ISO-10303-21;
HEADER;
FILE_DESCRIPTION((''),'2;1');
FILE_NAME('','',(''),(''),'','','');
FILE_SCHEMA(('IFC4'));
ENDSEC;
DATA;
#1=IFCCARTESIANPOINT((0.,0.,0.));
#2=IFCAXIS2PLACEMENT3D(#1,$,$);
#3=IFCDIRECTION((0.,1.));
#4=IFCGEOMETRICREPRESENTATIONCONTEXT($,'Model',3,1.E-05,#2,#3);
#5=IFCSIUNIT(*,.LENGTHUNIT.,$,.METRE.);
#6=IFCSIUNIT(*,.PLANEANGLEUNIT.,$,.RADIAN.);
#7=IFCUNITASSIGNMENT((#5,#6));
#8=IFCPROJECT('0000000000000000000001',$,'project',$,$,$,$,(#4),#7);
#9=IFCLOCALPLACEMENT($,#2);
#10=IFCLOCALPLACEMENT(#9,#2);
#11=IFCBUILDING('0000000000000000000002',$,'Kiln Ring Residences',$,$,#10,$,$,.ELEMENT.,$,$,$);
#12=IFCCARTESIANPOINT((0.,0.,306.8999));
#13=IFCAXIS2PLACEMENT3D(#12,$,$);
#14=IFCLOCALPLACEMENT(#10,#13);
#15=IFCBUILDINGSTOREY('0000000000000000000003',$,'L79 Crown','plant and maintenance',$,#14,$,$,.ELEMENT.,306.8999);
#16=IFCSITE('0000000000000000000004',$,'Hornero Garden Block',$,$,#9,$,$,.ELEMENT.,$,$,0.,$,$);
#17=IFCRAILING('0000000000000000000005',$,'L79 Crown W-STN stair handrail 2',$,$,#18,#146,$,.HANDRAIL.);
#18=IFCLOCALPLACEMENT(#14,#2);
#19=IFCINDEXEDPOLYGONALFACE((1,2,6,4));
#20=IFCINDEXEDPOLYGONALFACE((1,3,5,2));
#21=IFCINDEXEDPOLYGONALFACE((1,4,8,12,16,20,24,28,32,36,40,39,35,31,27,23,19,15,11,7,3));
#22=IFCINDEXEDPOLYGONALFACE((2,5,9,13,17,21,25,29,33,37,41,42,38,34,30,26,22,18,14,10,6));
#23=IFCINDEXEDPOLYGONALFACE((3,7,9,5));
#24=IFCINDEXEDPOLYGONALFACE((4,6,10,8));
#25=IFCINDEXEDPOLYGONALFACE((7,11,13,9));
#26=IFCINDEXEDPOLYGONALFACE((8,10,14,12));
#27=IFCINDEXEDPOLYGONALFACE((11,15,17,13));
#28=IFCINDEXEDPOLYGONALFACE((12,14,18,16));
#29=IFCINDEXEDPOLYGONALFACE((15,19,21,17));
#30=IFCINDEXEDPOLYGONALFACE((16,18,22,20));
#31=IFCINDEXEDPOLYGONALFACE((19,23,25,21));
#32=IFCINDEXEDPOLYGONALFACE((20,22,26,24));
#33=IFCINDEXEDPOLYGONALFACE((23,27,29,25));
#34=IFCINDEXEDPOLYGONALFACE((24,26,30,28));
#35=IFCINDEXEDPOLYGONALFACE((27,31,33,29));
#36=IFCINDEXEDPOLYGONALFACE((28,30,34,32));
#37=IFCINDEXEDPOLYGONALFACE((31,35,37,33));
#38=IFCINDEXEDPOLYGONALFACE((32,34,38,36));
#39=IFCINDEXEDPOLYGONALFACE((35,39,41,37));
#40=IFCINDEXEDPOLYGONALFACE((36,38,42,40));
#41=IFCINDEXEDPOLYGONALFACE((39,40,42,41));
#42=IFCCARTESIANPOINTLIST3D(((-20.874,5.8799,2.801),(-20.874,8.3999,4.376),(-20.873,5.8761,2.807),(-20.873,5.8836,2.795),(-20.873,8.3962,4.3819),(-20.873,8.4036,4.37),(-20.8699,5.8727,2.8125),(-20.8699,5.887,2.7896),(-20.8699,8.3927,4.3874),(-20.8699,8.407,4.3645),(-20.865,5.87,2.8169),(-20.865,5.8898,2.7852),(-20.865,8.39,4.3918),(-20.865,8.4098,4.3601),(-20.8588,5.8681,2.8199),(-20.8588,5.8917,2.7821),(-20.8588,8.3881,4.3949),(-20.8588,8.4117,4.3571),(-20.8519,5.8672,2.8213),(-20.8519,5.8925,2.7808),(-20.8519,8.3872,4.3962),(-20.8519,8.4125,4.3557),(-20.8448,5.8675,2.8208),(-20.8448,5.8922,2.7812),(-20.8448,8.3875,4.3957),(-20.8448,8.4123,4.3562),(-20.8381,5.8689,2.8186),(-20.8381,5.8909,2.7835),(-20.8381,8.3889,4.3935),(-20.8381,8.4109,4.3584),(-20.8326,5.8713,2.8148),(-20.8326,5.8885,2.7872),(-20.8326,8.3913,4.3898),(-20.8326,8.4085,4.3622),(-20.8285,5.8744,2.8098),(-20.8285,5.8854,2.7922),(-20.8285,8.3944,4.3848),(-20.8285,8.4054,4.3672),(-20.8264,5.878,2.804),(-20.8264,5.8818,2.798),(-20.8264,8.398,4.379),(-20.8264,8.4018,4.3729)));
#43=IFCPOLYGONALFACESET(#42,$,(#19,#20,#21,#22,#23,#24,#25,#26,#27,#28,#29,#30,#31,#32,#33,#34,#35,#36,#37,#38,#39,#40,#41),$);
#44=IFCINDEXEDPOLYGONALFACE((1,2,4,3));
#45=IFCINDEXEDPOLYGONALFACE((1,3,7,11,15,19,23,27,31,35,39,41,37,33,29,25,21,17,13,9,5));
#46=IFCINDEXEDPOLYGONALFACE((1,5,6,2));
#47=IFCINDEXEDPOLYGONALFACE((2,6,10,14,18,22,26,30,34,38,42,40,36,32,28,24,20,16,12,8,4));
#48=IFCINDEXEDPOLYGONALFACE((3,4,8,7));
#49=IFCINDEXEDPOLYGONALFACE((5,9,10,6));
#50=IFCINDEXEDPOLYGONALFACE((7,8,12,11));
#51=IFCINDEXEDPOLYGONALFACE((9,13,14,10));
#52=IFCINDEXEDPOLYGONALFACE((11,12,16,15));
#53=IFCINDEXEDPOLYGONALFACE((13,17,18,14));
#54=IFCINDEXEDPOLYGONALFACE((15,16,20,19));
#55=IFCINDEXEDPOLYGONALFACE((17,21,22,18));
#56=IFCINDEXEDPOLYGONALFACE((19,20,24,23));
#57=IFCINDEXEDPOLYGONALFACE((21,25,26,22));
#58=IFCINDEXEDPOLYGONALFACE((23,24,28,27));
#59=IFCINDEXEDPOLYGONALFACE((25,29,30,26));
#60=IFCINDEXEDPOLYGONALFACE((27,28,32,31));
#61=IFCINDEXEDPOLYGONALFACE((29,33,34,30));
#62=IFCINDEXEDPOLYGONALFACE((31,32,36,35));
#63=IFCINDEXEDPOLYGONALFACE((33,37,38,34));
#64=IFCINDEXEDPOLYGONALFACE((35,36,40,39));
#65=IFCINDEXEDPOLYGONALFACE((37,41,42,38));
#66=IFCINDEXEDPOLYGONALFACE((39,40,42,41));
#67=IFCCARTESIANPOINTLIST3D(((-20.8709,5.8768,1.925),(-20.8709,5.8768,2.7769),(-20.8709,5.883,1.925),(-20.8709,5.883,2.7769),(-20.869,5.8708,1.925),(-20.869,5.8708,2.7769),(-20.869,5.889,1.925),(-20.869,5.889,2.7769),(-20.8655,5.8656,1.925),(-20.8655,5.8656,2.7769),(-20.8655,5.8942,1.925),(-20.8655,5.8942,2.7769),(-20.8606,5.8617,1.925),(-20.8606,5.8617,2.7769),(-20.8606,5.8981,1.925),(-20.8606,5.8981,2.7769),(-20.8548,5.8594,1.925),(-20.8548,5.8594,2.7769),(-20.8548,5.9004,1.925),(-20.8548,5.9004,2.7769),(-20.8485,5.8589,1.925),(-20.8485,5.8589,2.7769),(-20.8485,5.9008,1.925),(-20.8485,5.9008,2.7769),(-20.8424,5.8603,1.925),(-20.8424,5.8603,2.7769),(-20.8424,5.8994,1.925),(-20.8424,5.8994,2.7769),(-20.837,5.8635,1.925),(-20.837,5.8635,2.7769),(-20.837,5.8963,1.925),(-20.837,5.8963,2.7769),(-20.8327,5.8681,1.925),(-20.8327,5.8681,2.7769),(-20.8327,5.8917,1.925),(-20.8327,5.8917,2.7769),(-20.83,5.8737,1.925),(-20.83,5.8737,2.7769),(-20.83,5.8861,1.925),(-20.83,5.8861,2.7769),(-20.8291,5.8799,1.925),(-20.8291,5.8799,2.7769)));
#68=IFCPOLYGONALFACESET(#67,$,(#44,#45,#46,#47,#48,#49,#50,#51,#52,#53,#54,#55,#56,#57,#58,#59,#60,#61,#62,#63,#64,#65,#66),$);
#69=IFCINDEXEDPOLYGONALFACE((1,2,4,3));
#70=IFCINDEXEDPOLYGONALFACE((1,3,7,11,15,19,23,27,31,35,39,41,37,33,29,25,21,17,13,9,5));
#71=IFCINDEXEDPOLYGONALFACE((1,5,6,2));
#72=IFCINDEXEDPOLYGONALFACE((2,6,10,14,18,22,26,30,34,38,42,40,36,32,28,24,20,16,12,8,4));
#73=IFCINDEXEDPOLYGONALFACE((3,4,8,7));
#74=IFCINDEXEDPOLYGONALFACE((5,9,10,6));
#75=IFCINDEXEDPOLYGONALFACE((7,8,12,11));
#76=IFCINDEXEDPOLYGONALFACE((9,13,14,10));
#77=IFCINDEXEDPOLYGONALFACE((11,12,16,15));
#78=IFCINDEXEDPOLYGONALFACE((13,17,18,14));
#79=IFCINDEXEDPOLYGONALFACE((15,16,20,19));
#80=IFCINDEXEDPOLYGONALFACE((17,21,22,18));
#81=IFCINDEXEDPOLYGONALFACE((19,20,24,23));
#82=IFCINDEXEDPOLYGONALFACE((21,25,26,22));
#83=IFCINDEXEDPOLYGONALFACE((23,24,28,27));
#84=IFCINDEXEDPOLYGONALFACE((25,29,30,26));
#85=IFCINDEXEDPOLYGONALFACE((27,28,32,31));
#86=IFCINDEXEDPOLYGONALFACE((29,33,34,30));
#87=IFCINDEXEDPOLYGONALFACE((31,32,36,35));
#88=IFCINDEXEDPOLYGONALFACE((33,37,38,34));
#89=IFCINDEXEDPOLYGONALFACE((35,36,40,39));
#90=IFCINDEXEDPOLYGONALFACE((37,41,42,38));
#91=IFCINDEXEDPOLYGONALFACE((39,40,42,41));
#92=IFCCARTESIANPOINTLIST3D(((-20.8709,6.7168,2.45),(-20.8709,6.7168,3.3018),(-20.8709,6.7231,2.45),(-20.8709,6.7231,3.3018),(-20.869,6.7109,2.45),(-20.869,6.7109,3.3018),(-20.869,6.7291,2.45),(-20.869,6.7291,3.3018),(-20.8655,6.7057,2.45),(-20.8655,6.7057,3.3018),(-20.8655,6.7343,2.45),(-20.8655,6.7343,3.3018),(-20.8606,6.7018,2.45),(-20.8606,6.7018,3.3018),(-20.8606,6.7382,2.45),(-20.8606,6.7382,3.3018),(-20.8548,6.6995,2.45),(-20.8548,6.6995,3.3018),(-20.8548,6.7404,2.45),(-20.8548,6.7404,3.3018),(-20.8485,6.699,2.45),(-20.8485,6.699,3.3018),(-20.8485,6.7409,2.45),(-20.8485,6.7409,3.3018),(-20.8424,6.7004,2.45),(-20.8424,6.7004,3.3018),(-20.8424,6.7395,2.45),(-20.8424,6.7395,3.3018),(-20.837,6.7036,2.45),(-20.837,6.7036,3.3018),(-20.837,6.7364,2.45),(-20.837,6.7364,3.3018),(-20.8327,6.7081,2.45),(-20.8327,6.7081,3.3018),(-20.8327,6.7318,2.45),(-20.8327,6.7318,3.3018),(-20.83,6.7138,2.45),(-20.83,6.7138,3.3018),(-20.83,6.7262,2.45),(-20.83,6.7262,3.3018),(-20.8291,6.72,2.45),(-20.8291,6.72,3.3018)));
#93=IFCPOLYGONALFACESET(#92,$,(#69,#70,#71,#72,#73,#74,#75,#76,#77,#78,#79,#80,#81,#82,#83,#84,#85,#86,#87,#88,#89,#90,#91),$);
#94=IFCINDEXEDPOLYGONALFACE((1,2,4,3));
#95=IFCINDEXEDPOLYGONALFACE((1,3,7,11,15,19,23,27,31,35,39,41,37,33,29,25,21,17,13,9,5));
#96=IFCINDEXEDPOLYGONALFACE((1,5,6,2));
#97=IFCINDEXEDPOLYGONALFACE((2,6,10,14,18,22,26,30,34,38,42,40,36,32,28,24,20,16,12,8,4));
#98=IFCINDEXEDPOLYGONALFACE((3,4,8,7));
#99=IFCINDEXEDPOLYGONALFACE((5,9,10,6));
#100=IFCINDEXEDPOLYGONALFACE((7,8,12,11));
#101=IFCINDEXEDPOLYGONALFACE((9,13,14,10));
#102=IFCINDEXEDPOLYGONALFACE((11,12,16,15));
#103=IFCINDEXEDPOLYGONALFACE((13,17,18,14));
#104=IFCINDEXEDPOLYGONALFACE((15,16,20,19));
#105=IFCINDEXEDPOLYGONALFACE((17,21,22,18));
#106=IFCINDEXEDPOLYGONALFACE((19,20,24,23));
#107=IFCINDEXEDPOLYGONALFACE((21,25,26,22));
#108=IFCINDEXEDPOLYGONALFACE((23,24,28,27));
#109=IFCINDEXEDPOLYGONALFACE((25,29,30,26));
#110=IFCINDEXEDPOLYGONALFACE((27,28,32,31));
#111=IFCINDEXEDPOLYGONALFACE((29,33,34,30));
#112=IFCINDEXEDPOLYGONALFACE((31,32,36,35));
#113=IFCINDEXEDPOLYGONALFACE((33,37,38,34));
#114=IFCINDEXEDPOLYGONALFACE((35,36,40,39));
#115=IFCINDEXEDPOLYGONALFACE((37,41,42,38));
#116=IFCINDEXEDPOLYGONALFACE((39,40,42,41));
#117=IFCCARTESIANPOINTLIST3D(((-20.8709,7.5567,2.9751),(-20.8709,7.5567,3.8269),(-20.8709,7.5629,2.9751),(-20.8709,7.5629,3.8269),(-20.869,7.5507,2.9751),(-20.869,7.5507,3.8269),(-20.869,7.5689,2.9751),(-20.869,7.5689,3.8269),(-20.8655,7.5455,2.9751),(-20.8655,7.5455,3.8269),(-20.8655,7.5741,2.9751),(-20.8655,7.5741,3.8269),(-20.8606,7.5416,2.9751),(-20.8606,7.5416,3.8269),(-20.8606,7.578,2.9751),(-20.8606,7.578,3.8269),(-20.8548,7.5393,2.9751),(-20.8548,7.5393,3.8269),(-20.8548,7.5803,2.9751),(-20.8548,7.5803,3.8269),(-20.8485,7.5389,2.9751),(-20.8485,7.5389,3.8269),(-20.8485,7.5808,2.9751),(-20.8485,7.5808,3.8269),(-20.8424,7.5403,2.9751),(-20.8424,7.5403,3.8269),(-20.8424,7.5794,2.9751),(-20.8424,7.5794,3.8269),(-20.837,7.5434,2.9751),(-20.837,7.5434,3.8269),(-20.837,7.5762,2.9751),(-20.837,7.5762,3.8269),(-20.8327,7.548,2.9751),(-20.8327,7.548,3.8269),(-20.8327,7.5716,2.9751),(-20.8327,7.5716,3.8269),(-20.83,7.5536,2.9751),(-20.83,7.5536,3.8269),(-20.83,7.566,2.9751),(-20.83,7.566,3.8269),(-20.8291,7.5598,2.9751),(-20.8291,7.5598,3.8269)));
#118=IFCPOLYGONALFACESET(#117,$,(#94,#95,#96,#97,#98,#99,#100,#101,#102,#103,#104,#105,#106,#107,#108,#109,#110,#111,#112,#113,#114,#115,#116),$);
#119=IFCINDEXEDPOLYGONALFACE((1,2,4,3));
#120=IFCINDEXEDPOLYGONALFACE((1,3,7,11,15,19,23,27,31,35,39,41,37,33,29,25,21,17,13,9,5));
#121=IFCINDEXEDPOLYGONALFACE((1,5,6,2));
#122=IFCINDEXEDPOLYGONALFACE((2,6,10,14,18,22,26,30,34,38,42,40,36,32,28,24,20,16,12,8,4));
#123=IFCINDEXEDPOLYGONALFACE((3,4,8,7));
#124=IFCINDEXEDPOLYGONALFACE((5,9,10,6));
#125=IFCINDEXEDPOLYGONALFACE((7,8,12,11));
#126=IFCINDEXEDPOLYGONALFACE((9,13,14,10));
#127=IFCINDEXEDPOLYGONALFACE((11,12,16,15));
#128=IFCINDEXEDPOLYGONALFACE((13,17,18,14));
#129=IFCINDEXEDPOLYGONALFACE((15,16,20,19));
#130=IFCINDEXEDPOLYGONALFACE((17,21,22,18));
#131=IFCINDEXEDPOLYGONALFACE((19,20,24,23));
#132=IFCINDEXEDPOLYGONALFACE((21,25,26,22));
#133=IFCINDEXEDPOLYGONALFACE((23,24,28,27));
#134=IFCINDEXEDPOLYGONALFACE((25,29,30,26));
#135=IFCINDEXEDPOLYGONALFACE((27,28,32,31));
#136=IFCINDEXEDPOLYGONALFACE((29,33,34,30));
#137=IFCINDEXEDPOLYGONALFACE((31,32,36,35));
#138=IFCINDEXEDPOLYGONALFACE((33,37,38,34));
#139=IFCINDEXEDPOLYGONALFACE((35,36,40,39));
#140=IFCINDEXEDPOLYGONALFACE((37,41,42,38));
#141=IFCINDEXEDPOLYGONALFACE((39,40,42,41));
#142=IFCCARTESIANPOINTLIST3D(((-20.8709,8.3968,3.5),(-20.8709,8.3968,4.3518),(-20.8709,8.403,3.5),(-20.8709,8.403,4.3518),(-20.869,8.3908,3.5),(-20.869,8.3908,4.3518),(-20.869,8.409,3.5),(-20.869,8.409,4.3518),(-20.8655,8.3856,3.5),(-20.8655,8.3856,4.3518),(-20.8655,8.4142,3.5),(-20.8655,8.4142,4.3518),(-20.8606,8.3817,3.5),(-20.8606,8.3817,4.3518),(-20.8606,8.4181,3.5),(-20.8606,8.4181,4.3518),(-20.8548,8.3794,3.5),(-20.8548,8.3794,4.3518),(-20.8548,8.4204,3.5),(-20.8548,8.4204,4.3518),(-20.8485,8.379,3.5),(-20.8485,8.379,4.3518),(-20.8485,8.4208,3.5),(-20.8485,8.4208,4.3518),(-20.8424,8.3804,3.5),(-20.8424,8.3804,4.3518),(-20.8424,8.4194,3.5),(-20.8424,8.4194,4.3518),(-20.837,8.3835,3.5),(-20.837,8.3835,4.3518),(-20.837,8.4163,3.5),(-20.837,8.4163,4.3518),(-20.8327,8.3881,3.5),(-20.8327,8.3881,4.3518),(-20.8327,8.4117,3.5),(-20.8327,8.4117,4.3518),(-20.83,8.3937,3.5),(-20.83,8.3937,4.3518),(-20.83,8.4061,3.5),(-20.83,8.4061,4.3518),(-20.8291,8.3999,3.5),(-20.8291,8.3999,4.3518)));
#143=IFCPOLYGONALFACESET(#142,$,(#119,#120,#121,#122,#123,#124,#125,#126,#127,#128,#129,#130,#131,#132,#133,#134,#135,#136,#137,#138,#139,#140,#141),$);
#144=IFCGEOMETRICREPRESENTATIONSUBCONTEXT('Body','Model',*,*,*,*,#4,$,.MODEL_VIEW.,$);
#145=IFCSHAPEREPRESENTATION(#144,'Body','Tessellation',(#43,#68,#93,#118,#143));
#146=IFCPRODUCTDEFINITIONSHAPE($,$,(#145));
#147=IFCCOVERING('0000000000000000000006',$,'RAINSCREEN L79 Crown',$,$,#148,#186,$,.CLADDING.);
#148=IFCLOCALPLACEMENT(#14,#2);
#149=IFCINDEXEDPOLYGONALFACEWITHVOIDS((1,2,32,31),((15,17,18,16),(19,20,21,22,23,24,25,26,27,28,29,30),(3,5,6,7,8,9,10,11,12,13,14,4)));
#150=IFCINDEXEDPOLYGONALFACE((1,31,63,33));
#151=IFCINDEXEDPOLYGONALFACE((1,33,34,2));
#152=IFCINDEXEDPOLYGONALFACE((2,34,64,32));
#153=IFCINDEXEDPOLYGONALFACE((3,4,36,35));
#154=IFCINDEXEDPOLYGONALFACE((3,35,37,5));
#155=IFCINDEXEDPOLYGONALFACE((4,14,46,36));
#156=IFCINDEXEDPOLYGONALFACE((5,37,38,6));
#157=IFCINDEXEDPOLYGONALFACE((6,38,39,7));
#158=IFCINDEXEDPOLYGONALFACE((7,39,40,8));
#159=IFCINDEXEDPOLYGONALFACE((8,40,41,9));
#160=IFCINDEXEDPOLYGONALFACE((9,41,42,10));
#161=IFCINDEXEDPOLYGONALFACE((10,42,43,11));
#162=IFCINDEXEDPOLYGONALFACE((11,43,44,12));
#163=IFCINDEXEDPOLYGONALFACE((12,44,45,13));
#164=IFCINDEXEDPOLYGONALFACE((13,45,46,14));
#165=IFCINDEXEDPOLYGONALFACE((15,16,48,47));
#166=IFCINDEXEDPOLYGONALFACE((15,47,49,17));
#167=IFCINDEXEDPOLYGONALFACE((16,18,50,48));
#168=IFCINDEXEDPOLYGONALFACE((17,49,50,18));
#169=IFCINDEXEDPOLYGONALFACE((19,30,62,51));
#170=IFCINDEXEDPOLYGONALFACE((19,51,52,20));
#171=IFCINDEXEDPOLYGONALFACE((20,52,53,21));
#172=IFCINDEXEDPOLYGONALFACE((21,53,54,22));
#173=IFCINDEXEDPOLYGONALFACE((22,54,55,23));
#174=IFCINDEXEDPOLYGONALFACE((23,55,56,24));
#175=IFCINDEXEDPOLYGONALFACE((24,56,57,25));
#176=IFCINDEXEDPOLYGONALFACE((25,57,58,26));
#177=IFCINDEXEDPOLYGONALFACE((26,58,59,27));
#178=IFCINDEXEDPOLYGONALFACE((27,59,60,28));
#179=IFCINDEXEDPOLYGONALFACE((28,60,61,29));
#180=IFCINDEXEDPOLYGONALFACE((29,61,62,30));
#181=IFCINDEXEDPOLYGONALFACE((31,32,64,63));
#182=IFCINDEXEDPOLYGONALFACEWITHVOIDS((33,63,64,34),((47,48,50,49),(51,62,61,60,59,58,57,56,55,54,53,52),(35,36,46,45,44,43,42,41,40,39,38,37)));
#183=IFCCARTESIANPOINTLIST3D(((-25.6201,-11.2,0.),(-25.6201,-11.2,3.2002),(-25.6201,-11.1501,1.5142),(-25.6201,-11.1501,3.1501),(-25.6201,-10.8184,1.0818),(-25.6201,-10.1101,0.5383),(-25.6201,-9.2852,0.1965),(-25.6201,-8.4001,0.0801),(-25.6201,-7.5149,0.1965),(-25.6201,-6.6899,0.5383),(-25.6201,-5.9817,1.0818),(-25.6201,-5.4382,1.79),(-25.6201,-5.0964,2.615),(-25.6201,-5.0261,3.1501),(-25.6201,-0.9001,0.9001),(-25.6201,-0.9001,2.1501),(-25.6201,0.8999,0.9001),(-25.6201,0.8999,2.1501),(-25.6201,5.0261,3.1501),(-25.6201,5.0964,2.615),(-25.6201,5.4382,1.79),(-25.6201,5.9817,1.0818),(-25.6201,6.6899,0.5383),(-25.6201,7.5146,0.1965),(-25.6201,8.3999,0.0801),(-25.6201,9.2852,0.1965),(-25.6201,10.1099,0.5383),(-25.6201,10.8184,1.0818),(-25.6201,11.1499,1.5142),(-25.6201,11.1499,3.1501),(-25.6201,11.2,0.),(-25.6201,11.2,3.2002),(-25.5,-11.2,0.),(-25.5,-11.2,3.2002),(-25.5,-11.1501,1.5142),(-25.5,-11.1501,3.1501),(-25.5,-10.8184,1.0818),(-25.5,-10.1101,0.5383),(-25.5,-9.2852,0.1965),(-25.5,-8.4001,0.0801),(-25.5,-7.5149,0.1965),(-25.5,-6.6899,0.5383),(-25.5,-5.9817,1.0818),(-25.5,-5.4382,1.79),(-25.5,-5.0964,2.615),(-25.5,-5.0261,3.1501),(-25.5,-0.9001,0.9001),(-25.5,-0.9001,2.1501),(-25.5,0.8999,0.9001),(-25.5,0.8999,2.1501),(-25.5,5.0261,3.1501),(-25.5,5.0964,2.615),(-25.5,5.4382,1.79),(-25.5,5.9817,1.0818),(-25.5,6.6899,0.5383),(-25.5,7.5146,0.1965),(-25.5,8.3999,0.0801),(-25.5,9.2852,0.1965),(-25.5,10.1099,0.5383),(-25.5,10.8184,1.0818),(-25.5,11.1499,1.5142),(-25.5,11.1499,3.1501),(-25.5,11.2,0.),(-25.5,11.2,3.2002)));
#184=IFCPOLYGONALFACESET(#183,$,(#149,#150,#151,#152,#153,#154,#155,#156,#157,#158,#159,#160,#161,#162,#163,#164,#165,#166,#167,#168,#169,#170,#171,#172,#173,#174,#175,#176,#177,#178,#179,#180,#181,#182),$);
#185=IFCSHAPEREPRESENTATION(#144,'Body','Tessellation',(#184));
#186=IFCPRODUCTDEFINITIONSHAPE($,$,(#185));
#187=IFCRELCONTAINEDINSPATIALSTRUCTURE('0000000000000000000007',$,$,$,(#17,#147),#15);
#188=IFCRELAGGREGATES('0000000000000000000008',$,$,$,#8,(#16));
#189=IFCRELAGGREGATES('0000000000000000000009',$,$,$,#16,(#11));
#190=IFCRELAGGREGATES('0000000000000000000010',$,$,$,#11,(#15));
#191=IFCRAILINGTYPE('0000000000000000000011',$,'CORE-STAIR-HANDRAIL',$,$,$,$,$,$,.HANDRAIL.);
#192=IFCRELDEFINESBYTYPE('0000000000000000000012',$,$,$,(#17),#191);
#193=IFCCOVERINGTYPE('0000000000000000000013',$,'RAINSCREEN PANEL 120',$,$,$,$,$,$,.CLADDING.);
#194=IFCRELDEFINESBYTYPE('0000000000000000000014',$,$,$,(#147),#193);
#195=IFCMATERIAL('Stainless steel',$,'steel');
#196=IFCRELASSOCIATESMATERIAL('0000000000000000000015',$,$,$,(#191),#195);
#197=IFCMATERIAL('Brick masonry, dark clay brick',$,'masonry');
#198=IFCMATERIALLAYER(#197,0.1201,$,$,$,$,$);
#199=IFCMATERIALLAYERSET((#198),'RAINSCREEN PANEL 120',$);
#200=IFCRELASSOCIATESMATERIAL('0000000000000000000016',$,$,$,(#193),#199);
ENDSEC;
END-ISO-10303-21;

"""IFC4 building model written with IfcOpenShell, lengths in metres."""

from ifc_helpers import new_model, si_unit, direction, frame, origin, origin_2d, place, context, subcontext, project, spatial, polyline, circle, outline, extrude, material, layer, layer_set, type_object, element, save


model = new_model("IFC4")

# Units and contexts
model_context = context("Model", 3, precision=1e-05, world=origin(), true_north=direction((0.0, 1.0)))
body_context = subcontext(model_context, "Body", "Model", "MODEL_VIEW")
ifc_project = project(units=[si_unit("LENGTHUNIT", "METRE"), si_unit("PLANEANGLEUNIT", "RADIAN")], contexts=[model_context])

# Site, building, storey
site_placement = place(None, origin())
site = spatial("IfcSite", under=ifc_project, at=site_placement, Name="Hornero Garden Block", CompositionType="ELEMENT", RefElevation=0.0)
building_placement = place(site_placement, origin())
building = spatial("IfcBuilding", under=site, at=building_placement, Name="Kiln Ring Residences", CompositionType="ELEMENT")
storey_placement = place(building_placement, frame((0.0, 0.0, 306.8999)))
storey = spatial("IfcBuildingStorey", under=building, at=storey_placement, Name="L79 Crown", Description="plant and maintenance", CompositionType="ELEMENT", Elevation=306.8999)

# Railing
ifc_material_1 = material(Name="Stainless steel", Category="steel")
railing_type_1 = type_object("IfcRailingType", Name="CORE-STAIR-HANDRAIL", PredefinedType="HANDRAIL", material=ifc_material_1)
railing_1_placement = place(storey_placement, frame((-20.8501, 5.8799, 1.925)))
element("IfcRailing", 1, at=railing_1_placement, inside=storey, type_object=railing_type_1, Name="L79 Crown W-STN stair handrail 2", PredefinedType="HANDRAIL", context=body_context, shape_type="SweptSolid", body=[
    extrude(circle(Radius=0.0239, at=origin_2d()), frame((0.0, 0.0, 0.876), z_axis=(0.0, 0.848008, 0.529984), x_axis=(-1.0, 0.0, 0.0)), (0.0, 0.0, 1.0), 2.9717),
    extrude(circle(Radius=0.021, at=origin_2d()), origin(), (0.0, 0.0, 1.0), 0.8518),
    extrude(circle(Radius=0.021, at=origin_2d()), frame((0.0, 0.8401, 0.5249)), (0.0, 0.0, 1.0), 0.8518),
    extrude(circle(Radius=0.021, at=origin_2d()), frame((0.0, 1.6799, 1.05)), (0.0, 0.0, 1.0), 0.8518),
    extrude(circle(Radius=0.021, at=origin_2d()), frame((0.0, 2.52, 1.575)), (0.0, 0.0, 1.0), 0.8518),
])

# Covering
ifc_material_2 = material(Name="Brick masonry, dark clay brick", Category="masonry")
ifc_layer_1 = layer(ifc_material_2, 0.1201)
ifc_layer_set_1 = layer_set([ifc_layer_1], Name="RAINSCREEN PANEL 120")
covering_type = type_object("IfcCoveringType", Name="RAINSCREEN PANEL 120", PredefinedType="CLADDING", material=ifc_layer_set_1)
covering_placement = place(storey_placement, frame((-25.5601, 11.2, 0.0), z_axis=(0.0, 0.0, 1.0), x_axis=(0.0, -1.0, 0.0)))
element("IfcCovering", 2, at=covering_placement, inside=storey, type_object=covering_type, Name="RAINSCREEN L79 Crown", PredefinedType="CLADDING", context=body_context, shape_type="SweptSolid", body=[
    extrude(outline(polyline([(0.0, 0.0), (22.3999, 0.0), (22.3999, 3.2002), (0.0, 3.2002), (0.0, 0.0)]), holes=[polyline([(12.1001, 0.9001), (12.1001, 2.1501), (10.3, 2.1501), (10.3, 0.9001), (12.1001, 0.9001)]), polyline([(4.51, 0.5383), (5.2183, 1.0818), (5.7617, 1.79), (6.1035, 2.615), (6.1738, 3.1501), (0.05, 3.1501), (0.05, 1.5142), (0.3816, 1.0818), (1.0901, 0.5383), (1.9148, 0.1965), (2.8, 0.0801), (3.6853, 0.1965), (4.51, 0.5383)]), polyline([(21.3101, 0.5383), (22.0183, 1.0818), (22.3501, 1.5142), (22.3501, 3.1501), (16.2261, 3.1501), (16.2964, 2.615), (16.6382, 1.79), (17.1816, 1.0818), (17.8899, 0.5383), (18.7148, 0.1965), (19.6001, 0.0801), (20.4851, 0.1965), (21.3101, 0.5383)])]), frame((0.0, 0.0601, 0.0), z_axis=(0.0, -1.0, 0.0), x_axis=(1.0, 0.0, 0.0)), (0.0, 0.0, 1.0), 0.1201),
])

save(model, "model.ifc")
